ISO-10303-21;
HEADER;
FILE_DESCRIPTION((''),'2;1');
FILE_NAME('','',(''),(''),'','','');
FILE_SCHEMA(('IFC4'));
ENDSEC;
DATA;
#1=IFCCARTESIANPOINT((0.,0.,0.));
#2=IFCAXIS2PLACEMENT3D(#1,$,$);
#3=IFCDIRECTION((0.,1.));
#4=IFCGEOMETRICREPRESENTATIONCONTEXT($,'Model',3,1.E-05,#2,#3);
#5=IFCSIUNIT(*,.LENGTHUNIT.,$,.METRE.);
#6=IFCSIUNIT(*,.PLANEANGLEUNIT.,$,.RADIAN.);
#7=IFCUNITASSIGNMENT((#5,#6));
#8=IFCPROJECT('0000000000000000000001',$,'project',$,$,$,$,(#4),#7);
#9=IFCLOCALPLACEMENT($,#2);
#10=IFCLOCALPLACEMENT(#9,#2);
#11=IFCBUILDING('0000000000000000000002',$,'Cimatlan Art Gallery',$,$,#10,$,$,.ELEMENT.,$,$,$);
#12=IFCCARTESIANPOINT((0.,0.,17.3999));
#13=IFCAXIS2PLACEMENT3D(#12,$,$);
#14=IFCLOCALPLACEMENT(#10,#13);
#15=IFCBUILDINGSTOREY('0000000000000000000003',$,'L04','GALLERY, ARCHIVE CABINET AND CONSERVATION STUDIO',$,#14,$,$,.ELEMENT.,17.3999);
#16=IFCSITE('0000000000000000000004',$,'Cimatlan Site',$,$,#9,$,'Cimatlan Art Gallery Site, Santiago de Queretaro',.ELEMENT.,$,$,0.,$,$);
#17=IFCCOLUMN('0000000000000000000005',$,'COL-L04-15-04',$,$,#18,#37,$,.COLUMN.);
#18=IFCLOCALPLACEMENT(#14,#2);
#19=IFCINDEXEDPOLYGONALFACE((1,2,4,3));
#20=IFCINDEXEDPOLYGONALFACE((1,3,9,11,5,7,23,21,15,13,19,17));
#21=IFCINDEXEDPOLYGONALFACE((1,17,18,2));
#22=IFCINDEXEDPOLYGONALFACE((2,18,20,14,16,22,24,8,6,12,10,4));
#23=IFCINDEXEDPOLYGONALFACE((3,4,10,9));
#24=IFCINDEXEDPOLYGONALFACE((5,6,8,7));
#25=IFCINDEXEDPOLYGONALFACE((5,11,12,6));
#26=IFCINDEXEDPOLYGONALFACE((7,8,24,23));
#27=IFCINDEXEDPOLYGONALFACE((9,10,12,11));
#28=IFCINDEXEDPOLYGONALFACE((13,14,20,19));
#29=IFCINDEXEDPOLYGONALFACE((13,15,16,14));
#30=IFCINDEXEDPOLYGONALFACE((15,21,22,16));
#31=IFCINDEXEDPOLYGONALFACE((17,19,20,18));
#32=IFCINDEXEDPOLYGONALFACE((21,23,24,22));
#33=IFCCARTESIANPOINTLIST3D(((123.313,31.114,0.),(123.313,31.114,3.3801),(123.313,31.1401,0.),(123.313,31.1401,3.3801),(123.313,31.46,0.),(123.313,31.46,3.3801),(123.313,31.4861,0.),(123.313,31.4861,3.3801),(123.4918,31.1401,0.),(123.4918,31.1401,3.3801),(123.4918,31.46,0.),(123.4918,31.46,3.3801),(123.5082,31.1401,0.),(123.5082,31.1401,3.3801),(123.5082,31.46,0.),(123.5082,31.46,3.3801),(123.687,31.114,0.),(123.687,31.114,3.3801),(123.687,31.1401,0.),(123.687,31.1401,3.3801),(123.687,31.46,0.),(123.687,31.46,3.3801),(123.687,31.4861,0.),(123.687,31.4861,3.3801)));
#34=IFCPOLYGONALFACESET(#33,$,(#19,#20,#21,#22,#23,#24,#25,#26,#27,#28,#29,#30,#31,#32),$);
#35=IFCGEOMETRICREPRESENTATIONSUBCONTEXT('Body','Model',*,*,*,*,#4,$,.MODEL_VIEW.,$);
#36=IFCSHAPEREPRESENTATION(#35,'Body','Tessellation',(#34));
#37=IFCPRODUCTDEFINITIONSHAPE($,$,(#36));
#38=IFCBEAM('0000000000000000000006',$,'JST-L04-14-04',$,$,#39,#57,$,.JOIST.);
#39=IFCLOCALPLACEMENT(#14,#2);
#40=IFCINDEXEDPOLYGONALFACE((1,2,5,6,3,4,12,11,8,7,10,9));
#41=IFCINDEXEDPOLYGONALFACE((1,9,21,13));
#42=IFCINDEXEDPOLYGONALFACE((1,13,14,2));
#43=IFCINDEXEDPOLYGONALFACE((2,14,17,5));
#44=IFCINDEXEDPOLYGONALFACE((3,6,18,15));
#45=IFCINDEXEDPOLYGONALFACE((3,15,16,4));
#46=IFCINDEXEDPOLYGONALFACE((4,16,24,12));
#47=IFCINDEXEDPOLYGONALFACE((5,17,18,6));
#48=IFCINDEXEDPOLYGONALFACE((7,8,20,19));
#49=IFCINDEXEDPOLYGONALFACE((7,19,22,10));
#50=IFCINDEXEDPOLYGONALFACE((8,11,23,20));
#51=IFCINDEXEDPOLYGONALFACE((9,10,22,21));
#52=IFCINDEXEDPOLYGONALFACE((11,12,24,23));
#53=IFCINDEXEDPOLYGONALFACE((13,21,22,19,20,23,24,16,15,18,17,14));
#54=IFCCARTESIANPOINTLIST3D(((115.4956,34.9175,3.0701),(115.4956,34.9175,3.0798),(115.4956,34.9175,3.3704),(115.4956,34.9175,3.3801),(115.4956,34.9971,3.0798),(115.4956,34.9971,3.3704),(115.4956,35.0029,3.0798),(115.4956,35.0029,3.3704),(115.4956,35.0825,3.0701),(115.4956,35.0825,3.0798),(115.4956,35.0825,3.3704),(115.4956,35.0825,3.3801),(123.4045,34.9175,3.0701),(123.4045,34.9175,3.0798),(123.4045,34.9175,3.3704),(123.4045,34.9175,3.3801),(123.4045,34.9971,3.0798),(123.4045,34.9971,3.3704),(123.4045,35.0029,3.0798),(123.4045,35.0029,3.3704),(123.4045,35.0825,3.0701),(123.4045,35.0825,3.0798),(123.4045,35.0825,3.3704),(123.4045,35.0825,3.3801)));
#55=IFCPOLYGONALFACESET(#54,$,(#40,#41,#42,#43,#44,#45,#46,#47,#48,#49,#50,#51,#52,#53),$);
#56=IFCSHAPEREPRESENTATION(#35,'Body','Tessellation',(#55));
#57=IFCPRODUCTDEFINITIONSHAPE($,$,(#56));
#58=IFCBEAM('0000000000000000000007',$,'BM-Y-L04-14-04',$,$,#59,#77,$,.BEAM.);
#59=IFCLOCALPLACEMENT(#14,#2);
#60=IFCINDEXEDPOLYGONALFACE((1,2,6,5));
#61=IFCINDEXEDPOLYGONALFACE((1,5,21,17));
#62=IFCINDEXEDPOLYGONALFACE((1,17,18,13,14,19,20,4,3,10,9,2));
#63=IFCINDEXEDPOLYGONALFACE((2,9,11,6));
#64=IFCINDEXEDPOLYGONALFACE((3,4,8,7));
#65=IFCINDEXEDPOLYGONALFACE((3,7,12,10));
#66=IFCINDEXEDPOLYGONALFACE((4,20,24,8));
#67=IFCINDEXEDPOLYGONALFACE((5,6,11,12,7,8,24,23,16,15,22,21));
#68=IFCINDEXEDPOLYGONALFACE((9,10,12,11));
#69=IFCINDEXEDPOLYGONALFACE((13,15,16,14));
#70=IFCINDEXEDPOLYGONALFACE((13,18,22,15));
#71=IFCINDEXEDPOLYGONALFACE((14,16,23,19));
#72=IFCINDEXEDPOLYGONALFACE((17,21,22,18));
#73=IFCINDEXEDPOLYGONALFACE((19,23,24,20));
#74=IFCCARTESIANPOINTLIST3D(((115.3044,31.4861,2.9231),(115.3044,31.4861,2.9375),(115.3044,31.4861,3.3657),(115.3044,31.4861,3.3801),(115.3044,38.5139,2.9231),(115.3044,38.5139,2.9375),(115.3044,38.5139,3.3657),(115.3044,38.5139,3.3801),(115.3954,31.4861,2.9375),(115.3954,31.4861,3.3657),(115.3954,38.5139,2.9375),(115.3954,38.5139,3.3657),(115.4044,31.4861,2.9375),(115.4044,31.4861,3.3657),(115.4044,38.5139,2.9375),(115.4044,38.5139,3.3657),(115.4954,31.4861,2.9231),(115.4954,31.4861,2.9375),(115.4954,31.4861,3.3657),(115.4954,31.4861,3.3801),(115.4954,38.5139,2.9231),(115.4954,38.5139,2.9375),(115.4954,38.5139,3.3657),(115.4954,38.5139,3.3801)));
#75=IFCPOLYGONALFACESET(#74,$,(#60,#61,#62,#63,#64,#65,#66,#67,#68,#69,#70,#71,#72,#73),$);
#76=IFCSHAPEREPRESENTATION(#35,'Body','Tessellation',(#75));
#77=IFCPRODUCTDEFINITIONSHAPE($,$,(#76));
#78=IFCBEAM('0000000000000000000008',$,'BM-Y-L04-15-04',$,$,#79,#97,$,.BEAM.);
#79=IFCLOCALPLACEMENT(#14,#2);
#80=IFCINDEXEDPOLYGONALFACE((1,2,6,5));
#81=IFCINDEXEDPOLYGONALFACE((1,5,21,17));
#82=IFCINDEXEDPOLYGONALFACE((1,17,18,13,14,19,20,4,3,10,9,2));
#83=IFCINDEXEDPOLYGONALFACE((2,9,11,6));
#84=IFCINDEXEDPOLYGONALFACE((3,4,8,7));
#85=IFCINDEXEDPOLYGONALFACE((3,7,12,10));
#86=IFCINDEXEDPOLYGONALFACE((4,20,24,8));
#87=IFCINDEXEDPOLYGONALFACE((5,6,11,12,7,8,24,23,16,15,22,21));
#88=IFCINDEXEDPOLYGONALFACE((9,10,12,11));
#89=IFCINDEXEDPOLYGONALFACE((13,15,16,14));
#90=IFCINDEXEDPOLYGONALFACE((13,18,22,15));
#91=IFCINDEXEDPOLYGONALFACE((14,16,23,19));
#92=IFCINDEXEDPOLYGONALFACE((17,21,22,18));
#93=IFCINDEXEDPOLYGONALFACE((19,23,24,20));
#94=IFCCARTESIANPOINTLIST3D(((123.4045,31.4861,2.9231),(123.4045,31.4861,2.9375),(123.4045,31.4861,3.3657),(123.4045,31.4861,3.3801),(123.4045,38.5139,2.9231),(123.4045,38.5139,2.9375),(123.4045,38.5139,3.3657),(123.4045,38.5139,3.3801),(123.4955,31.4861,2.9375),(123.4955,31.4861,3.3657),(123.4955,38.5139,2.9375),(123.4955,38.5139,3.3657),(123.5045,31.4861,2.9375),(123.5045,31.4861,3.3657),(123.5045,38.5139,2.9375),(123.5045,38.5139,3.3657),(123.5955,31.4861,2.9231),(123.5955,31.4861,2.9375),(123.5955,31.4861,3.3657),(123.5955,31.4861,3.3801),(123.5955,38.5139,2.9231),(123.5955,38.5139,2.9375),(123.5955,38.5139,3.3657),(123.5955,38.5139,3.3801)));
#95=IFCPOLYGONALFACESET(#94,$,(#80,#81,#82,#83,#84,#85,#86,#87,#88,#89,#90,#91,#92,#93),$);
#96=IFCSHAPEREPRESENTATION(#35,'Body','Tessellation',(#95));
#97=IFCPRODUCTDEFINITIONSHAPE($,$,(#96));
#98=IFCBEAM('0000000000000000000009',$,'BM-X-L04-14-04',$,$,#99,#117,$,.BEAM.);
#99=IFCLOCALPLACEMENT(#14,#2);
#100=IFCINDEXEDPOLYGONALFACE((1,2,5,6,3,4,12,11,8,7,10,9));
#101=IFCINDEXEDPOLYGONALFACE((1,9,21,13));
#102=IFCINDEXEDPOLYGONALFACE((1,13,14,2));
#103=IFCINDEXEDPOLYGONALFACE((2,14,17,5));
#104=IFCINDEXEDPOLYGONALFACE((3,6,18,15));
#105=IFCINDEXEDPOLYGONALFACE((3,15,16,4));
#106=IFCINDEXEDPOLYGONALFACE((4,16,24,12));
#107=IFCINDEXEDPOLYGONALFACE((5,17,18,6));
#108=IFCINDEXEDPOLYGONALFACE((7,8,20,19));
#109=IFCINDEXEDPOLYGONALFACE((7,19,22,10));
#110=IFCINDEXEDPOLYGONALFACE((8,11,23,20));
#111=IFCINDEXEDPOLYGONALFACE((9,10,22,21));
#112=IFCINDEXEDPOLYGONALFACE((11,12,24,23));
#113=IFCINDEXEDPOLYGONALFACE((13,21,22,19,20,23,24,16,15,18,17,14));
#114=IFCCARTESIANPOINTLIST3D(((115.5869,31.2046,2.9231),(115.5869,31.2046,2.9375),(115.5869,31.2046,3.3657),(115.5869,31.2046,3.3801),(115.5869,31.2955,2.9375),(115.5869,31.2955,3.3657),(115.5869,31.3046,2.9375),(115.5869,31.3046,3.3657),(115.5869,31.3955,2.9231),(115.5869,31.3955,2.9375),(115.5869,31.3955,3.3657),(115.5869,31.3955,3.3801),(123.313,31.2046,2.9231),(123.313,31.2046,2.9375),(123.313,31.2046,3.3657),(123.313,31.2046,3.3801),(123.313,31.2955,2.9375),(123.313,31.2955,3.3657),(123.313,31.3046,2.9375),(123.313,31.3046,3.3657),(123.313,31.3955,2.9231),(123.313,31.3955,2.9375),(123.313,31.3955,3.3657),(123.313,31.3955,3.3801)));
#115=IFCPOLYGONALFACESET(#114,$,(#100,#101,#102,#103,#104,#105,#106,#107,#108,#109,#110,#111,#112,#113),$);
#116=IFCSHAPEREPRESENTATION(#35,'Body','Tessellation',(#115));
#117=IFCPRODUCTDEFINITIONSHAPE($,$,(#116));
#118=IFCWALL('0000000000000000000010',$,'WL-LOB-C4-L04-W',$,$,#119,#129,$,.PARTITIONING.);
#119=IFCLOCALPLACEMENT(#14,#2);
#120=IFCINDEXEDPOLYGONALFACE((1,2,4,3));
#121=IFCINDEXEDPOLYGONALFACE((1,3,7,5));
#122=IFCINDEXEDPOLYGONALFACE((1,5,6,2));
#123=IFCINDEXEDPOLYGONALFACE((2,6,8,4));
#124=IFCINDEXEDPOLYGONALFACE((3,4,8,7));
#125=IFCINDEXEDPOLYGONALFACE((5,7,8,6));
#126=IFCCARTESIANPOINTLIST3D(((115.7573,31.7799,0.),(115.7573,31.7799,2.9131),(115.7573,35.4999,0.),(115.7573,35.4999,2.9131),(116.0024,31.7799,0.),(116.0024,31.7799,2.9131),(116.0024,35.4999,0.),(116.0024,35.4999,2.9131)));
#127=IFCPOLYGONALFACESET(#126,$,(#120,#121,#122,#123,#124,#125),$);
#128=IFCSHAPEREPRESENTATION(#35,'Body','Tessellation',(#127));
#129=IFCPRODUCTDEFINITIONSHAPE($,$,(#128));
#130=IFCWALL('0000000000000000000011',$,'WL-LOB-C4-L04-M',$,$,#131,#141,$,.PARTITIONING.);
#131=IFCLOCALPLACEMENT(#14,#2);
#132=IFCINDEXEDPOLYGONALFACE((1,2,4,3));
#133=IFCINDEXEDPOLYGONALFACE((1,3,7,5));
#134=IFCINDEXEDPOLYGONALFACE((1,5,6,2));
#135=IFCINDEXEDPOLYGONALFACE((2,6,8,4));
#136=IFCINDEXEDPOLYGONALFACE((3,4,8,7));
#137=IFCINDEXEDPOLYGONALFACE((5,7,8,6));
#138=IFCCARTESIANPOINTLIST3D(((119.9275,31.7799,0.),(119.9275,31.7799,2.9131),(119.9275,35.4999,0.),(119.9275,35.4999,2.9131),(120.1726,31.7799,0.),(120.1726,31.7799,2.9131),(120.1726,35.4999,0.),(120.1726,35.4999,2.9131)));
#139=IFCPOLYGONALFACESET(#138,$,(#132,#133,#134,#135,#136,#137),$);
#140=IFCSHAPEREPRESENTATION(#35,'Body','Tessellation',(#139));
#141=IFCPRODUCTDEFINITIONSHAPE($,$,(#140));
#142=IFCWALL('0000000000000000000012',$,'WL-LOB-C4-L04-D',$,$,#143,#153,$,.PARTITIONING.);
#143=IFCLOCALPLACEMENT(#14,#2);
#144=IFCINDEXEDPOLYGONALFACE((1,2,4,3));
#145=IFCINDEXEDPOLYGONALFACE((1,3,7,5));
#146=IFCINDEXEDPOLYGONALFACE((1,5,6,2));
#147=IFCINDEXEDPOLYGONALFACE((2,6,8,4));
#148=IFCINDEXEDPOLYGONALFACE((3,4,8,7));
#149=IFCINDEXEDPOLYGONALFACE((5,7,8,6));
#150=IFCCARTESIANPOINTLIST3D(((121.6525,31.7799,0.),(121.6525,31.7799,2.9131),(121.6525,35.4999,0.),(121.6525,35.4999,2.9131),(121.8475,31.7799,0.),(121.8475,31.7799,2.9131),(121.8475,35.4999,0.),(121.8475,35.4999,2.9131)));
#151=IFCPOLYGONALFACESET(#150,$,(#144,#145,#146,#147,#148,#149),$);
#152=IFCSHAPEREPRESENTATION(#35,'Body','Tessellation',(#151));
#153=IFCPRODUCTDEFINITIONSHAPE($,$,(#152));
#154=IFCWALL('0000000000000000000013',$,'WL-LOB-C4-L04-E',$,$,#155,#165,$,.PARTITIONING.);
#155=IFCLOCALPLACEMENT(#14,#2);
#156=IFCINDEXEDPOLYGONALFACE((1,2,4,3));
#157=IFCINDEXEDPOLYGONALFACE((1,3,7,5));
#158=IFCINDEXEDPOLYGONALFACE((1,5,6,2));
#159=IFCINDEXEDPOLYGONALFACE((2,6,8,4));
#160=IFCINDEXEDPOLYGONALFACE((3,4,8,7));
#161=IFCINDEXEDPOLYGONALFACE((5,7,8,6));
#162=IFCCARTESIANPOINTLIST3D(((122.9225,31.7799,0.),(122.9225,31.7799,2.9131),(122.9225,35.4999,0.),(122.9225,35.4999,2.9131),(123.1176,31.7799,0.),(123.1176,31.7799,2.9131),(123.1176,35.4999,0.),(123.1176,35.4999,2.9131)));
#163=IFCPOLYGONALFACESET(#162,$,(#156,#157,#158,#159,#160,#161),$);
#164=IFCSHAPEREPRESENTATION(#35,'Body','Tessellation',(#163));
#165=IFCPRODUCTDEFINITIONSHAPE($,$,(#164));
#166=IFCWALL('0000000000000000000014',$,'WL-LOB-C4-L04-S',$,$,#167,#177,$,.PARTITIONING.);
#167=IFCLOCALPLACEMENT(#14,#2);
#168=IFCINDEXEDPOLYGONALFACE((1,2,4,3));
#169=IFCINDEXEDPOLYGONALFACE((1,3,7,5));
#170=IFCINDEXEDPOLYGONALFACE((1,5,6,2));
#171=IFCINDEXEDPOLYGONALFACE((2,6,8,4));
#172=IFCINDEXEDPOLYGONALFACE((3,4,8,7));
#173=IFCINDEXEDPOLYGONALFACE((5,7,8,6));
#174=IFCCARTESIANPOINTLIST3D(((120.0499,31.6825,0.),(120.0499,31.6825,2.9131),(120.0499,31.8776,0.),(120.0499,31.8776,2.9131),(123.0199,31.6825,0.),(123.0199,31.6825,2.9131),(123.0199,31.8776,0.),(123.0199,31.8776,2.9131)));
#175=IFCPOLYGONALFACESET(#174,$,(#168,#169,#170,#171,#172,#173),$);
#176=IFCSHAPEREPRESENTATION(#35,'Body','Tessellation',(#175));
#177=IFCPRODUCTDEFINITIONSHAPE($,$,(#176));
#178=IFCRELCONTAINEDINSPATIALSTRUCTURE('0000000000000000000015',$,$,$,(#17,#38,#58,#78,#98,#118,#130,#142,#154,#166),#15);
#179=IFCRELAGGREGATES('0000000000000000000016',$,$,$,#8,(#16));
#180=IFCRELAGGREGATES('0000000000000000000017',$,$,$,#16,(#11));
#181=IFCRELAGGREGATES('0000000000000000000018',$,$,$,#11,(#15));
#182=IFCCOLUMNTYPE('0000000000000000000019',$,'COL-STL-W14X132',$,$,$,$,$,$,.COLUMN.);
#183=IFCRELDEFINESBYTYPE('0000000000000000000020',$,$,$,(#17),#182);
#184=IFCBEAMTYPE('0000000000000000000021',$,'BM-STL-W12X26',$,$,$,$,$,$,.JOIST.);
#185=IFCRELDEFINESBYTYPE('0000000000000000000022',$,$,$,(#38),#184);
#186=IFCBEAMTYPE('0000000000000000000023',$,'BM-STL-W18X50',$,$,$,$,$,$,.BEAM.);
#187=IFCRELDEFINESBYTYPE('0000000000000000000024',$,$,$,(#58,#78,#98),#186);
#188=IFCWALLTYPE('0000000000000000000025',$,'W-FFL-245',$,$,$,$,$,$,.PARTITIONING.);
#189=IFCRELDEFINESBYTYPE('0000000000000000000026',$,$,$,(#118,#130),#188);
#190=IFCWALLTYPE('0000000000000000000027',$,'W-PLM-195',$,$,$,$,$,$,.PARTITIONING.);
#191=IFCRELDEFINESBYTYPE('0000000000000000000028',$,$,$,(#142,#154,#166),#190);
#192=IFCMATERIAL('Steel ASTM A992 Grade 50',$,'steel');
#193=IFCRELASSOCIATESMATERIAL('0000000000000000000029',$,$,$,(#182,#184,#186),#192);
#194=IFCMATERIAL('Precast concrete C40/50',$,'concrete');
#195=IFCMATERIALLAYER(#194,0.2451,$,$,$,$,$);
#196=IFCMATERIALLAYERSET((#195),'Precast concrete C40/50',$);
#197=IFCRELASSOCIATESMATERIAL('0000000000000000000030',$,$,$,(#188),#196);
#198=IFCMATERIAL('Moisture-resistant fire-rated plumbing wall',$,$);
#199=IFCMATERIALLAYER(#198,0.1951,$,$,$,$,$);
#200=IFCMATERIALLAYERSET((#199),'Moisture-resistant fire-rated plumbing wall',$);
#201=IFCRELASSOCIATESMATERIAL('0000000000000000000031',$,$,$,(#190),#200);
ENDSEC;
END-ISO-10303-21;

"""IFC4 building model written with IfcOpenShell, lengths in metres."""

from ifc_helpers import new_model, si_unit, direction, frame, frame_2d, origin, origin_2d, place, context, subcontext, project, spatial, rectangle, i_section, extrude, material, layer, layer_set, material_profile, profile_set, type_object, element, save


model = new_model("IFC4")

# Units and contexts
model_context = context("Model", 3, precision=1e-05, world=origin(), true_north=direction((0.0, 1.0)))
body_context = subcontext(model_context, "Body", "Model", "MODEL_VIEW")
ifc_project = project(units=[si_unit("LENGTHUNIT", "METRE"), si_unit("PLANEANGLEUNIT", "RADIAN")], contexts=[model_context])

# Site, building, storey
site_placement = place(None, origin())
site = spatial("IfcSite", under=ifc_project, at=site_placement, Name="Cimatlan Site", LongName="Cimatlan Art Gallery Site, Santiago de Queretaro", CompositionType="ELEMENT", RefElevation=0.0)
building_placement = place(site_placement, origin())
building = spatial("IfcBuilding", under=site, at=building_placement, Name="Cimatlan Art Gallery", CompositionType="ELEMENT")
storey_placement = place(building_placement, frame((0.0, 0.0, 17.3999)))
storey = spatial("IfcBuildingStorey", under=building, at=storey_placement, Name="L04", Description="GALLERY, ARCHIVE CABINET AND CONSERVATION STUDIO", CompositionType="ELEMENT", Elevation=17.3999)

# Column
ifc_material_1 = material(Name="Steel ASTM A992 Grade 50", Category="steel")
ifc_material_profile_1 = material_profile(ifc_material_1, i_section(OverallWidth=0.374, OverallDepth=0.3721, WebThickness=0.0164, FlangeThickness=0.0261, at=origin_2d()), Name="W14X132")
ifc_profile_set_1 = profile_set([ifc_material_profile_1], Name="Steel ASTM A992 Grade 50")
column_type = type_object("IfcColumnType", Name="COL-STL-W14X132", PredefinedType="COLUMN", material=ifc_profile_set_1)
column_placement = place(storey_placement, frame((123.5, 31.3, 0.0), z_axis=(0.0, 0.0, 1.0), x_axis=(1.0, 0.0, 0.0)))
element("IfcColumn", 1, at=column_placement, inside=storey, type_object=column_type, Name="COL-L04-15-04", PredefinedType="COLUMN", context=body_context, shape_type="SweptSolid", body=[
    extrude(i_section(OverallWidth=0.374, OverallDepth=0.3721, WebThickness=0.0164, FlangeThickness=0.0261, at=origin_2d()), origin(), (0.0, 0.0, 1.0), 3.3801),
])

# Beams
ifc_material_profile_2 = material_profile(ifc_material_1, i_section(OverallWidth=0.165, OverallDepth=0.3101, WebThickness=0.0059, FlangeThickness=0.0098, at=origin_2d()), Name="W12X26")
ifc_profile_set_2 = profile_set([ifc_material_profile_2], Name="Steel ASTM A992 Grade 50")
beam_type_1 = type_object("IfcBeamType", Name="BM-STL-W12X26", PredefinedType="JOIST", material=ifc_profile_set_2)
beam_1_placement = place(storey_placement, frame((115.4956, 35.0, 3.2251), z_axis=(1.0, 0.0, 0.0), x_axis=(0.0, 1.0, 0.0)))
element("IfcBeam", 2, at=beam_1_placement, inside=storey, type_object=beam_type_1, Name="JST-L04-14-04", PredefinedType="JOIST", context=body_context, shape_type="SweptSolid", body=[
    extrude(i_section(OverallWidth=0.165, OverallDepth=0.3101, WebThickness=0.0059, FlangeThickness=0.0098, at=origin_2d()), origin(), (0.0, 0.0, 1.0), 7.9089),
])
ifc_material_profile_3 = material_profile(ifc_material_1, i_section(OverallWidth=0.1909, OverallDepth=0.457, WebThickness=0.009, FlangeThickness=0.0144, at=origin_2d()), Name="W18X50")
ifc_profile_set_3 = profile_set([ifc_material_profile_3], Name="Steel ASTM A992 Grade 50")
beam_type_2 = type_object("IfcBeamType", Name="BM-STL-W18X50", PredefinedType="BEAM", material=ifc_profile_set_3)
for number, where, z_axis, x_axis, name in (
    (3, (115.3999, 31.4861, 3.1516), (0.0, 1.0, 0.0), (-1.0, 0.0, 0.0), "BM-Y-L04-14-04"),
    (4, (123.5, 31.4861, 3.1516), (0.0, 1.0, 0.0), (-1.0, 0.0, 0.0), "BM-Y-L04-15-04"),
):
    element("IfcBeam", number, at=place(storey_placement, frame(where, z_axis=z_axis, x_axis=x_axis)), inside=storey, type_object=beam_type_2, Name=name, PredefinedType="BEAM", context=body_context, shape_type="SweptSolid", body=[
        extrude(i_section(OverallWidth=0.1909, OverallDepth=0.457, WebThickness=0.009, FlangeThickness=0.0144, at=origin_2d()), origin(), (0.0, 0.0, 1.0), 7.0278),
    ])
beam_2_placement = place(storey_placement, frame((115.5869, 31.3, 3.1516), z_axis=(1.0, 0.0, 0.0), x_axis=(0.0, 1.0, 0.0)))
element("IfcBeam", 5, at=beam_2_placement, inside=storey, type_object=beam_type_2, Name="BM-X-L04-14-04", PredefinedType="BEAM", context=body_context, shape_type="SweptSolid", body=[
    extrude(i_section(OverallWidth=0.1909, OverallDepth=0.457, WebThickness=0.009, FlangeThickness=0.0144, at=origin_2d()), origin(), (0.0, 0.0, 1.0), 7.7261),
])

# Shared definitions
ifc_material_2 = material(Name="Precast concrete C40/50", Category="concrete")
ifc_layer_1 = layer(ifc_material_2, 0.2451)
ifc_layer_set_1 = layer_set([ifc_layer_1], Name="Precast concrete C40/50")
wall_type_1 = type_object("IfcWallType", Name="W-FFL-245", PredefinedType="PARTITIONING", material=ifc_layer_set_1)

# Walls
for number, where, z_axis, x_axis, name in (
    (6, (115.8799, 31.78, 0.0), (0.0, 0.0, 1.0), (0.0, 1.0, 0.0), "WL-LOB-C4-L04-W"),
    (7, (120.05, 31.78, 0.0), (0.0, 0.0, 1.0), (0.0, 1.0, 0.0), "WL-LOB-C4-L04-M"),
):
    element("IfcWall", number, at=place(storey_placement, frame(where, z_axis=z_axis, x_axis=x_axis)), inside=storey, type_object=wall_type_1, Name=name, PredefinedType="PARTITIONING", context=body_context, shape_type="SweptSolid", body=[
        extrude(rectangle(XDim=3.72, YDim=0.2451, at=frame_2d((1.8599, 0.0))), origin(), (0.0, 0.0, 1.0), 2.9131),
    ])
ifc_material_3 = material(Name="Moisture-resistant fire-rated plumbing wall")
ifc_layer_2 = layer(ifc_material_3, 0.1951)
ifc_layer_set_2 = layer_set([ifc_layer_2], Name="Moisture-resistant fire-rated plumbing wall")
wall_type_2 = type_object("IfcWallType", Name="W-PLM-195", PredefinedType="PARTITIONING", material=ifc_layer_set_2)
for number, where, z_axis, x_axis, name in (
    (8, (121.75, 31.78, 0.0), (0.0, 0.0, 1.0), (0.0, 1.0, 0.0), "WL-LOB-C4-L04-D"),
    (9, (123.02, 31.78, 0.0), (0.0, 0.0, 1.0), (0.0, 1.0, 0.0), "WL-LOB-C4-L04-E"),
):
    element("IfcWall", number, at=place(storey_placement, frame(where, z_axis=z_axis, x_axis=x_axis)), inside=storey, type_object=wall_type_2, Name=name, PredefinedType="PARTITIONING", context=body_context, shape_type="SweptSolid", body=[
        extrude(rectangle(XDim=3.72, YDim=0.1951, at=frame_2d((1.8599, 0.0))), origin(), (0.0, 0.0, 1.0), 2.9131),
    ])
wall_1_placement = place(storey_placement, frame((120.05, 31.78, 0.0), z_axis=(0.0, 0.0, 1.0), x_axis=(1.0, 0.0, 0.0)))
element("IfcWall", 10, at=wall_1_placement, inside=storey, type_object=wall_type_2, Name="WL-LOB-C4-L04-S", PredefinedType="PARTITIONING", context=body_context, shape_type="SweptSolid", body=[
    extrude(rectangle(XDim=2.97, YDim=0.1951, at=frame_2d((1.4849, 0.0))), origin(), (0.0, 0.0, 1.0), 2.9131),
])

save(model, "model.ifc")
